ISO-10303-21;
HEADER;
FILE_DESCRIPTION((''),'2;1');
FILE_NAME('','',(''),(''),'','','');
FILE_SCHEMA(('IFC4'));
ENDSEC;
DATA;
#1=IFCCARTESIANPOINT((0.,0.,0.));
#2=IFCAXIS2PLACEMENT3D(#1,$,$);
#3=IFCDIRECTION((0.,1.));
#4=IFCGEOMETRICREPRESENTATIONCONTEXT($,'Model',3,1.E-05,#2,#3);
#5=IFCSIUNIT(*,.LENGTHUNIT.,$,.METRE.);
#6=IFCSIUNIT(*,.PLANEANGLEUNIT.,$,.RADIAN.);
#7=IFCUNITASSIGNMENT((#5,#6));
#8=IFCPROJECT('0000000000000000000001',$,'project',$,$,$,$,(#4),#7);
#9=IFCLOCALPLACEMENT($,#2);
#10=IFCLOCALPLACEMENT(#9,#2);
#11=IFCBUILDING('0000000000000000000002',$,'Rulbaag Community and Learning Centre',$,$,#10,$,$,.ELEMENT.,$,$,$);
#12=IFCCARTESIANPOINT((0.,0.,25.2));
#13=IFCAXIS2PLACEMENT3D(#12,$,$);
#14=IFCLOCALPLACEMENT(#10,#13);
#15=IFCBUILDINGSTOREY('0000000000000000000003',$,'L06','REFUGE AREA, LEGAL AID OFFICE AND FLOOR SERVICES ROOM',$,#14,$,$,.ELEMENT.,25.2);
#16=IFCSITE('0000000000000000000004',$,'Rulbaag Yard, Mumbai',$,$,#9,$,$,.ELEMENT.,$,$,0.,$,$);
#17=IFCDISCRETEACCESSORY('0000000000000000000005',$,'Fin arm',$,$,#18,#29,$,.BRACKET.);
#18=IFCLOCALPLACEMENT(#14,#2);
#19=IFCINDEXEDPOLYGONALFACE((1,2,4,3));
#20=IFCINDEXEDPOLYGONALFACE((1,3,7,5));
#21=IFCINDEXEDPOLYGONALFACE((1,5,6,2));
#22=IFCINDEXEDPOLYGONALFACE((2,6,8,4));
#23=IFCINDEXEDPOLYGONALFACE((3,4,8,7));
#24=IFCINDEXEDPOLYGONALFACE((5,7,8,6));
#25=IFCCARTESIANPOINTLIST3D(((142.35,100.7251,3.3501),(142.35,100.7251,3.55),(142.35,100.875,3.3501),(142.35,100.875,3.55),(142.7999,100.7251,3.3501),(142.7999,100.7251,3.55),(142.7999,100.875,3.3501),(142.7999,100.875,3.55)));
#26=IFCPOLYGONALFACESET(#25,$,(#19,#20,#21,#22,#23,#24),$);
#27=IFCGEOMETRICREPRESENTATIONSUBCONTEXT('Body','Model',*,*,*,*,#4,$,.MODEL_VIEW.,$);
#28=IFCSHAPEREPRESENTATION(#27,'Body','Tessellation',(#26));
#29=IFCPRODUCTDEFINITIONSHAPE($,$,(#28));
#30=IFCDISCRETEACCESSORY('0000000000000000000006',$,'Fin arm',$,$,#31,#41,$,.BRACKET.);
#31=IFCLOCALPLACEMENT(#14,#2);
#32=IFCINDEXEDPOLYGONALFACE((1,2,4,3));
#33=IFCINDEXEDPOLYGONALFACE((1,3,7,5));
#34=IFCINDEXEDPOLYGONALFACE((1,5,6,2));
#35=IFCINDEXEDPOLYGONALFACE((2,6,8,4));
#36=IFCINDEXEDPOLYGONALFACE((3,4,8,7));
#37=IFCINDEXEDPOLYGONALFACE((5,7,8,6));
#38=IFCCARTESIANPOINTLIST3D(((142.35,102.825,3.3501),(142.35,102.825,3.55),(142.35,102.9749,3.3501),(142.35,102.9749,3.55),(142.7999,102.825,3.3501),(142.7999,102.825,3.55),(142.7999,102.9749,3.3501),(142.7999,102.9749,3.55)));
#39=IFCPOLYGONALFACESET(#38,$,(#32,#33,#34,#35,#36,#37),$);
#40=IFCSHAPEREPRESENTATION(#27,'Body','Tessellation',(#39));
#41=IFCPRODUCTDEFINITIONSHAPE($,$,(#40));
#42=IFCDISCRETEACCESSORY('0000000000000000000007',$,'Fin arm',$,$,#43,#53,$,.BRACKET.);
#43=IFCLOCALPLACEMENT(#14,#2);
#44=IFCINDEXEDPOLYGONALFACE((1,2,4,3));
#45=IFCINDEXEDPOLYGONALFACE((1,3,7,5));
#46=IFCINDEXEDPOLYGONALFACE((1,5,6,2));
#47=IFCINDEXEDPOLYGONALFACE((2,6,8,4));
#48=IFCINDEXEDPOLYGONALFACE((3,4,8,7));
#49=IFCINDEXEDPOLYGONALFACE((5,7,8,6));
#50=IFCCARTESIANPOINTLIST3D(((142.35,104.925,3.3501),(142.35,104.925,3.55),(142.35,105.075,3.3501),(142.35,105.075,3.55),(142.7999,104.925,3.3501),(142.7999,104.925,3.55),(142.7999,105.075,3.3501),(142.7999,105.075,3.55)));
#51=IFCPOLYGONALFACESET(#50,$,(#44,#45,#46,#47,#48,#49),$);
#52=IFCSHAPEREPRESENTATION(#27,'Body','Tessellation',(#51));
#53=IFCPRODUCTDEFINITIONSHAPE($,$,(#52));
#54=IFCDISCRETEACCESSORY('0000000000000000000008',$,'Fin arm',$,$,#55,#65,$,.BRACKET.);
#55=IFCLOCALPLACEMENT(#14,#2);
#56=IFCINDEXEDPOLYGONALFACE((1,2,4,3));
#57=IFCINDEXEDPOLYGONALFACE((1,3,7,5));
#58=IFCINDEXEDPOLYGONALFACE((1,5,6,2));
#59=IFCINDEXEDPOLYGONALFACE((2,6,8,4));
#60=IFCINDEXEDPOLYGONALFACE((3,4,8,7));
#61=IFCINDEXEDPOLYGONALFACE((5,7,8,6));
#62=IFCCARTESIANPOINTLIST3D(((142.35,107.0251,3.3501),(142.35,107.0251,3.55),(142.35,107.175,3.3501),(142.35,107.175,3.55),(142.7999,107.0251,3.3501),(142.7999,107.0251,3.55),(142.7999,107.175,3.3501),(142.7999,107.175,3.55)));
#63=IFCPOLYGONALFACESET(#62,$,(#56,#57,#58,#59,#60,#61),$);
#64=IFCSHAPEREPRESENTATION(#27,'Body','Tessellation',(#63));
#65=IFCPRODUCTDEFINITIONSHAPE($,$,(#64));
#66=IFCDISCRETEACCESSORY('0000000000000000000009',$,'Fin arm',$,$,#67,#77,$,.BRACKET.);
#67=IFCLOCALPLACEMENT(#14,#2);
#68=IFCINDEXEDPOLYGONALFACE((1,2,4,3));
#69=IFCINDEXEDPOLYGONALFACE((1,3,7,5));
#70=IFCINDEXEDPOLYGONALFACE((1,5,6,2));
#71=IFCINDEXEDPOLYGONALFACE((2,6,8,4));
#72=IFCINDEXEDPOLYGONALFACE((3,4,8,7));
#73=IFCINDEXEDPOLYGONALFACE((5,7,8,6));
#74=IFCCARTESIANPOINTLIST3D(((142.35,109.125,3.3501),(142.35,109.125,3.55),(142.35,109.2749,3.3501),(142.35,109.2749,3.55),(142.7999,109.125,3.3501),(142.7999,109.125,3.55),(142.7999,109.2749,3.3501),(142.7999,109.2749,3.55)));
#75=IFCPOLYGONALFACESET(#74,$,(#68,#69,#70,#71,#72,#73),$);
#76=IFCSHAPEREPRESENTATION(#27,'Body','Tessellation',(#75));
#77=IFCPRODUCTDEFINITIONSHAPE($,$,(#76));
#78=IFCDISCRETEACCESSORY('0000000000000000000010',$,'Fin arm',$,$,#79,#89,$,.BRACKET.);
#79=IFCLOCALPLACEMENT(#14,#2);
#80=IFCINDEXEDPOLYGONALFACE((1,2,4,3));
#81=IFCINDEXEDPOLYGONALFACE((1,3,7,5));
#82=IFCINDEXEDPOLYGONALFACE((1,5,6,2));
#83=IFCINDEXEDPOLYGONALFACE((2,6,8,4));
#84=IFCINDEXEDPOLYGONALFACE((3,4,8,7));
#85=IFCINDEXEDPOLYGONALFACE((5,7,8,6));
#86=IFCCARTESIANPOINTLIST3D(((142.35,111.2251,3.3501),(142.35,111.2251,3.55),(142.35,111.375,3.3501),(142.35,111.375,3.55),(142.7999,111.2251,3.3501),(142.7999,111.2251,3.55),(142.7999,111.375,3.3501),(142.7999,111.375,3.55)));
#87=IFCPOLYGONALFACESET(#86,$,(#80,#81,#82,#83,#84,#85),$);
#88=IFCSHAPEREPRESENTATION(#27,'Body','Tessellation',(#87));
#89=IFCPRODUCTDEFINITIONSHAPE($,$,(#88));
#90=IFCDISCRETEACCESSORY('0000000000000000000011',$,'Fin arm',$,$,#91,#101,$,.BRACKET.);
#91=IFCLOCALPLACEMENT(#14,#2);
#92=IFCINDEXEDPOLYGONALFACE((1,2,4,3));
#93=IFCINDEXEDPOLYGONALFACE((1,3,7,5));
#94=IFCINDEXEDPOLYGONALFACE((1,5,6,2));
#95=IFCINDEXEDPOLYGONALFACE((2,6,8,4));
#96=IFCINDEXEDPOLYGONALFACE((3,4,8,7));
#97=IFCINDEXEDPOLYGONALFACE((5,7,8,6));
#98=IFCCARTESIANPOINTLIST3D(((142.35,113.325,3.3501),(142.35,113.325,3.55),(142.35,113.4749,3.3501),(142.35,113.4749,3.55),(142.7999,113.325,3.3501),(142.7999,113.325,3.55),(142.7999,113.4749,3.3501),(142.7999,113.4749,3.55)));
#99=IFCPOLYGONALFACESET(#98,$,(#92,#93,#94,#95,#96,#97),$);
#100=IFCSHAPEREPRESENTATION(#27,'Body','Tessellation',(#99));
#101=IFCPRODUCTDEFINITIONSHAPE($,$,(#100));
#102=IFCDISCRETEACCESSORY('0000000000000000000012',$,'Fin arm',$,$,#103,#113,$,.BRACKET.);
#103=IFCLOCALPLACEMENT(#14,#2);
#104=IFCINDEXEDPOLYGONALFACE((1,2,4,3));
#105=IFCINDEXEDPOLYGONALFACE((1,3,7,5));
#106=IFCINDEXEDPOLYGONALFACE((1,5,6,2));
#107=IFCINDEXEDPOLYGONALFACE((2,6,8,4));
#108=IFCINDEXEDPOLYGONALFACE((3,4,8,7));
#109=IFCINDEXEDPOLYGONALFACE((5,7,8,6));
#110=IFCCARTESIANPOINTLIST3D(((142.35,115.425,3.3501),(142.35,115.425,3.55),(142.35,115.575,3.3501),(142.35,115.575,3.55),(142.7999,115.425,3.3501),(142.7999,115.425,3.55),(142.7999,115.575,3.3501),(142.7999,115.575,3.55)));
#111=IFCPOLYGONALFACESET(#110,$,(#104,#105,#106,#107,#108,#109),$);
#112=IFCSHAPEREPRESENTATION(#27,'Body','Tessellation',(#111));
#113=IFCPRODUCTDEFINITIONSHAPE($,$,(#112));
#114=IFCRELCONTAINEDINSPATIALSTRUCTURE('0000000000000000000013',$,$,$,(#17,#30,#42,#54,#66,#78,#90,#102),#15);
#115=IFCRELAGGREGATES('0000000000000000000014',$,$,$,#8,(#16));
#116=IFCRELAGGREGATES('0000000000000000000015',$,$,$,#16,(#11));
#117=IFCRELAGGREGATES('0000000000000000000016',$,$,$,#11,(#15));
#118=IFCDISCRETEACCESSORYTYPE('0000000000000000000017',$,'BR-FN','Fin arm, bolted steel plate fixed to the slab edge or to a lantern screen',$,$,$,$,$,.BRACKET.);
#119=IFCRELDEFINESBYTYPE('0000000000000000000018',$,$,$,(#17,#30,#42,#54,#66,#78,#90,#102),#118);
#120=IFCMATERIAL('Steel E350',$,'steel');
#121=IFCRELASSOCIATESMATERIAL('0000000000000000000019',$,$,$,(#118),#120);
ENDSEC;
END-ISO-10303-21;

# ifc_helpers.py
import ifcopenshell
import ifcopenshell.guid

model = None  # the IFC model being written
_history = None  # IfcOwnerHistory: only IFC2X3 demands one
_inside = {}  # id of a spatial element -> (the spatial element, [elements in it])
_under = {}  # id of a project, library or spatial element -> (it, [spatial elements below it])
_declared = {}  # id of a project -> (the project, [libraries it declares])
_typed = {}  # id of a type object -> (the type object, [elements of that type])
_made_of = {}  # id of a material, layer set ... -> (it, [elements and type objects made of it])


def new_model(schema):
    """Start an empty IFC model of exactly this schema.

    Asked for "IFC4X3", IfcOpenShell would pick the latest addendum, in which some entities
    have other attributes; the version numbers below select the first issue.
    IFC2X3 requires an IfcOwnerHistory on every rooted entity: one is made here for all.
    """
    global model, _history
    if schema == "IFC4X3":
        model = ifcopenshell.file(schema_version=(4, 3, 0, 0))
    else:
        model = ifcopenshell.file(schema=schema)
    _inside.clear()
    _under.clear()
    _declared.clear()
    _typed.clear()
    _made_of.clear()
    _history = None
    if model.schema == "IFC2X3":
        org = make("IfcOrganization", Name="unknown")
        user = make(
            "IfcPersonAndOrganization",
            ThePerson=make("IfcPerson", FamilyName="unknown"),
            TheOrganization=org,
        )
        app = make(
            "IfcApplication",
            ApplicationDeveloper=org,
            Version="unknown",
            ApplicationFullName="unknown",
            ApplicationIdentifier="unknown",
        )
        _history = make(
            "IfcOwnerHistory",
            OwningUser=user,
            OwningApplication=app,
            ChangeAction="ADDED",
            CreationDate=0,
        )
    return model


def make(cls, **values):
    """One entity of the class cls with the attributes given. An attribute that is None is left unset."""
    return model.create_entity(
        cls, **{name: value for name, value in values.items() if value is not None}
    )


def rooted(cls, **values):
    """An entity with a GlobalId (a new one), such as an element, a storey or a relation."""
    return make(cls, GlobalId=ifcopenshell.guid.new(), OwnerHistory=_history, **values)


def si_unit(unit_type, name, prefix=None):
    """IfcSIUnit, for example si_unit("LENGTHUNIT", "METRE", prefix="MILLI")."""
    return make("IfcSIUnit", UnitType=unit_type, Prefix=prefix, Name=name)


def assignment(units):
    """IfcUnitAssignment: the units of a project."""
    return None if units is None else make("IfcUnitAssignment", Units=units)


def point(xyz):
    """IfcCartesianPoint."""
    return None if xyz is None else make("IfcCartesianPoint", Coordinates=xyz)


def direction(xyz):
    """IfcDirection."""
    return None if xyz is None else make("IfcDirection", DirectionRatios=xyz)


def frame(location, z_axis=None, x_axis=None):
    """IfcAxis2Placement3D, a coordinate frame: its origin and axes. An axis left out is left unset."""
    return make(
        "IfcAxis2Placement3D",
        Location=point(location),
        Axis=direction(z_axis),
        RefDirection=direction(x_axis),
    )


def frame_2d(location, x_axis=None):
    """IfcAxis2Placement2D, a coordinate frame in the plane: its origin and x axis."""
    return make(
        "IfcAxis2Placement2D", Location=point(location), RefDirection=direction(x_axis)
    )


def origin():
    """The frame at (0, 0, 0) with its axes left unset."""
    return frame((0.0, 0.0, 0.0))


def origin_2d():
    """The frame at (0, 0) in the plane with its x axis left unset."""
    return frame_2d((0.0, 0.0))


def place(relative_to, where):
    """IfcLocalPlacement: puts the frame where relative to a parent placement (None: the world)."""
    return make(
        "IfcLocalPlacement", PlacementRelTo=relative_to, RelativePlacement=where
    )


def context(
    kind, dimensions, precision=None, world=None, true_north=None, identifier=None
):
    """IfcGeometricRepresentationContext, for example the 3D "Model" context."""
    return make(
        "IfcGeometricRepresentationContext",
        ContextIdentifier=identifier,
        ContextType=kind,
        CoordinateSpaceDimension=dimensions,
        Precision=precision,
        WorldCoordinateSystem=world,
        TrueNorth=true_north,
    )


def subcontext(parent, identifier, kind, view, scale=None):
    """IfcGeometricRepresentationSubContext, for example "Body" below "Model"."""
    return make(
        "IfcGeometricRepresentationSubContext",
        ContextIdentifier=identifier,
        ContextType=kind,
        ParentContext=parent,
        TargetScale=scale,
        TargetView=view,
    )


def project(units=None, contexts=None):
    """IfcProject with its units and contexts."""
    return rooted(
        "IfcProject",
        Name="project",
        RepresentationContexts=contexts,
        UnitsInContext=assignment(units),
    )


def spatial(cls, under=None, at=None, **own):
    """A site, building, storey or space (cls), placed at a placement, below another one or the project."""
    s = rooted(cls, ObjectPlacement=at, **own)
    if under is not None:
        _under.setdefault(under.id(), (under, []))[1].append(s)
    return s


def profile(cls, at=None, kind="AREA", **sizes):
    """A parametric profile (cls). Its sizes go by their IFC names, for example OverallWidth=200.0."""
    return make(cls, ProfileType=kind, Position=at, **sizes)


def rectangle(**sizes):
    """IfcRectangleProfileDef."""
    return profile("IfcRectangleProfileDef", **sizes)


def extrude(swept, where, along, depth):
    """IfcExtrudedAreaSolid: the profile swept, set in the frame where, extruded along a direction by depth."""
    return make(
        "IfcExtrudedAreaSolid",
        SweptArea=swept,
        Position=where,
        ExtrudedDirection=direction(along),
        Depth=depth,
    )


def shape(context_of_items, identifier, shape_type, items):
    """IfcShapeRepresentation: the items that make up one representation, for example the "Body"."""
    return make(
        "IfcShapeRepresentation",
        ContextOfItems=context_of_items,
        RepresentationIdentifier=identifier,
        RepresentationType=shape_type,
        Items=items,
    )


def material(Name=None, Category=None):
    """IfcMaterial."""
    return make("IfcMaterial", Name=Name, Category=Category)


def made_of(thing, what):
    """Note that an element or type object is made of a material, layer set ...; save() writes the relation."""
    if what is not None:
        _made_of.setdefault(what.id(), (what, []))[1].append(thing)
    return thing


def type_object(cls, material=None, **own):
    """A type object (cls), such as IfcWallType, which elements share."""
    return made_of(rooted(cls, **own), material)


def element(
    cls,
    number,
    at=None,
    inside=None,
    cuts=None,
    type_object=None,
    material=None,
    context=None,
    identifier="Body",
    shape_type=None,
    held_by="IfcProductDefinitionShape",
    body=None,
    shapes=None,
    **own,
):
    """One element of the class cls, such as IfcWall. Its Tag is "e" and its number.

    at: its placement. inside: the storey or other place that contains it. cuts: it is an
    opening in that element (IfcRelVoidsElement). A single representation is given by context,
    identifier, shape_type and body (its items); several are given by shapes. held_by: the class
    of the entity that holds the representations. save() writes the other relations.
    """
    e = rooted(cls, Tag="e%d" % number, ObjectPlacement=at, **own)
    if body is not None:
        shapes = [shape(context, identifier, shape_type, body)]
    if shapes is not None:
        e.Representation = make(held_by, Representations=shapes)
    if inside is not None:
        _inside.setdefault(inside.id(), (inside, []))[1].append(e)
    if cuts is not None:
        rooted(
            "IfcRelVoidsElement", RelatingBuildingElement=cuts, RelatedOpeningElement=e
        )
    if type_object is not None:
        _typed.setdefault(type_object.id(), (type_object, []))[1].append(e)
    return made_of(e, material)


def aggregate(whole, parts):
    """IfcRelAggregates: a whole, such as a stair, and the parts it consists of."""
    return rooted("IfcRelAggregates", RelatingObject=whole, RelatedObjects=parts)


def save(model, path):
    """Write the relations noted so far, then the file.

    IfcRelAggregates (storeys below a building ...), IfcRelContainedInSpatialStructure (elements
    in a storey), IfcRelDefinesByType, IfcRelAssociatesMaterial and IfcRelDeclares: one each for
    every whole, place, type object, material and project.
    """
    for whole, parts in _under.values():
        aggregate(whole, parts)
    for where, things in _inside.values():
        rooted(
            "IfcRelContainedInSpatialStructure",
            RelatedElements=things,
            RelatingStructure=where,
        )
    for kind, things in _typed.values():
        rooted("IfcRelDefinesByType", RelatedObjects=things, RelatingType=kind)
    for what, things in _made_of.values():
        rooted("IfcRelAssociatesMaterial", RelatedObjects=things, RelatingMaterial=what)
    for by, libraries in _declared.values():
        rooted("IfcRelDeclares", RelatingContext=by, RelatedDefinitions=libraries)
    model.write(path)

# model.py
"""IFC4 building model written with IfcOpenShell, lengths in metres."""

from ifc_helpers import new_model, si_unit, direction, frame, origin, origin_2d, place, context, subcontext, project, spatial, rectangle, extrude, material, type_object, element, save


model = new_model("IFC4")

# Units and contexts
model_context = context("Model", 3, precision=1e-05, world=origin(), true_north=direction((0.0, 1.0)))
body_context = subcontext(model_context, "Body", "Model", "MODEL_VIEW")
ifc_project = project(units=[si_unit("LENGTHUNIT", "METRE"), si_unit("PLANEANGLEUNIT", "RADIAN")], contexts=[model_context])

# Site, building, storey
site_placement = place(None, origin())
site = spatial("IfcSite", under=ifc_project, at=site_placement, Name="Rulbaag Yard, Mumbai", CompositionType="ELEMENT", RefElevation=0.0)
building_placement = place(site_placement, origin())
building = spatial("IfcBuilding", under=site, at=building_placement, Name="Rulbaag Community and Learning Centre", CompositionType="ELEMENT")
storey_placement = place(building_placement, frame((0.0, 0.0, 25.2)))
storey = spatial("IfcBuildingStorey", under=building, at=storey_placement, Name="L06", Description="REFUGE AREA, LEGAL AID OFFICE AND FLOOR SERVICES ROOM", CompositionType="ELEMENT", Elevation=25.2)

# Discrete accessories
ifc_material_1 = material(Name="Steel E350", Category="steel")
discrete_accessory_type = type_object("IfcDiscreteAccessoryType", Name="BR-FN", Description="Fin arm, bolted steel plate fixed to the slab edge or to a lantern screen", PredefinedType="BRACKET", material=ifc_material_1)
for number, where, z_axis, x_axis, name in (
    (1, (142.575, 100.8, 3.3501), (0.0, 0.0, 1.0), (1.0, 0.0, 0.0), "Fin arm"),
    (2, (142.575, 102.8999, 3.3501), (0.0, 0.0, 1.0), (1.0, 0.0, 0.0), "Fin arm"),
    (3, (142.575, 105.0, 3.3501), (0.0, 0.0, 1.0), (1.0, 0.0, 0.0), "Fin arm"),
    (4, (142.575, 107.1001, 3.3501), (0.0, 0.0, 1.0), (1.0, 0.0, 0.0), "Fin arm"),
    (5, (142.575, 109.2, 3.3501), (0.0, 0.0, 1.0), (1.0, 0.0, 0.0), "Fin arm"),
    (6, (142.575, 111.3, 3.3501), (0.0, 0.0, 1.0), (1.0, 0.0, 0.0), "Fin arm"),
    (7, (142.575, 113.3999, 3.3501), (0.0, 0.0, 1.0), (1.0, 0.0, 0.0), "Fin arm"),
    (8, (142.575, 115.5, 3.3501), (0.0, 0.0, 1.0), (1.0, 0.0, 0.0), "Fin arm"),
):
    element("IfcDiscreteAccessory", number, at=place(storey_placement, frame(where, z_axis=z_axis, x_axis=x_axis)), inside=storey, type_object=discrete_accessory_type, Name=name, PredefinedType="BRACKET", context=body_context, shape_type="SweptSolid", body=[
        extrude(rectangle(XDim=0.45, YDim=0.1499, at=origin_2d()), origin(), (0.0, 0.0, 1.0), 0.2),
    ])

save(model, "model.ifc")
